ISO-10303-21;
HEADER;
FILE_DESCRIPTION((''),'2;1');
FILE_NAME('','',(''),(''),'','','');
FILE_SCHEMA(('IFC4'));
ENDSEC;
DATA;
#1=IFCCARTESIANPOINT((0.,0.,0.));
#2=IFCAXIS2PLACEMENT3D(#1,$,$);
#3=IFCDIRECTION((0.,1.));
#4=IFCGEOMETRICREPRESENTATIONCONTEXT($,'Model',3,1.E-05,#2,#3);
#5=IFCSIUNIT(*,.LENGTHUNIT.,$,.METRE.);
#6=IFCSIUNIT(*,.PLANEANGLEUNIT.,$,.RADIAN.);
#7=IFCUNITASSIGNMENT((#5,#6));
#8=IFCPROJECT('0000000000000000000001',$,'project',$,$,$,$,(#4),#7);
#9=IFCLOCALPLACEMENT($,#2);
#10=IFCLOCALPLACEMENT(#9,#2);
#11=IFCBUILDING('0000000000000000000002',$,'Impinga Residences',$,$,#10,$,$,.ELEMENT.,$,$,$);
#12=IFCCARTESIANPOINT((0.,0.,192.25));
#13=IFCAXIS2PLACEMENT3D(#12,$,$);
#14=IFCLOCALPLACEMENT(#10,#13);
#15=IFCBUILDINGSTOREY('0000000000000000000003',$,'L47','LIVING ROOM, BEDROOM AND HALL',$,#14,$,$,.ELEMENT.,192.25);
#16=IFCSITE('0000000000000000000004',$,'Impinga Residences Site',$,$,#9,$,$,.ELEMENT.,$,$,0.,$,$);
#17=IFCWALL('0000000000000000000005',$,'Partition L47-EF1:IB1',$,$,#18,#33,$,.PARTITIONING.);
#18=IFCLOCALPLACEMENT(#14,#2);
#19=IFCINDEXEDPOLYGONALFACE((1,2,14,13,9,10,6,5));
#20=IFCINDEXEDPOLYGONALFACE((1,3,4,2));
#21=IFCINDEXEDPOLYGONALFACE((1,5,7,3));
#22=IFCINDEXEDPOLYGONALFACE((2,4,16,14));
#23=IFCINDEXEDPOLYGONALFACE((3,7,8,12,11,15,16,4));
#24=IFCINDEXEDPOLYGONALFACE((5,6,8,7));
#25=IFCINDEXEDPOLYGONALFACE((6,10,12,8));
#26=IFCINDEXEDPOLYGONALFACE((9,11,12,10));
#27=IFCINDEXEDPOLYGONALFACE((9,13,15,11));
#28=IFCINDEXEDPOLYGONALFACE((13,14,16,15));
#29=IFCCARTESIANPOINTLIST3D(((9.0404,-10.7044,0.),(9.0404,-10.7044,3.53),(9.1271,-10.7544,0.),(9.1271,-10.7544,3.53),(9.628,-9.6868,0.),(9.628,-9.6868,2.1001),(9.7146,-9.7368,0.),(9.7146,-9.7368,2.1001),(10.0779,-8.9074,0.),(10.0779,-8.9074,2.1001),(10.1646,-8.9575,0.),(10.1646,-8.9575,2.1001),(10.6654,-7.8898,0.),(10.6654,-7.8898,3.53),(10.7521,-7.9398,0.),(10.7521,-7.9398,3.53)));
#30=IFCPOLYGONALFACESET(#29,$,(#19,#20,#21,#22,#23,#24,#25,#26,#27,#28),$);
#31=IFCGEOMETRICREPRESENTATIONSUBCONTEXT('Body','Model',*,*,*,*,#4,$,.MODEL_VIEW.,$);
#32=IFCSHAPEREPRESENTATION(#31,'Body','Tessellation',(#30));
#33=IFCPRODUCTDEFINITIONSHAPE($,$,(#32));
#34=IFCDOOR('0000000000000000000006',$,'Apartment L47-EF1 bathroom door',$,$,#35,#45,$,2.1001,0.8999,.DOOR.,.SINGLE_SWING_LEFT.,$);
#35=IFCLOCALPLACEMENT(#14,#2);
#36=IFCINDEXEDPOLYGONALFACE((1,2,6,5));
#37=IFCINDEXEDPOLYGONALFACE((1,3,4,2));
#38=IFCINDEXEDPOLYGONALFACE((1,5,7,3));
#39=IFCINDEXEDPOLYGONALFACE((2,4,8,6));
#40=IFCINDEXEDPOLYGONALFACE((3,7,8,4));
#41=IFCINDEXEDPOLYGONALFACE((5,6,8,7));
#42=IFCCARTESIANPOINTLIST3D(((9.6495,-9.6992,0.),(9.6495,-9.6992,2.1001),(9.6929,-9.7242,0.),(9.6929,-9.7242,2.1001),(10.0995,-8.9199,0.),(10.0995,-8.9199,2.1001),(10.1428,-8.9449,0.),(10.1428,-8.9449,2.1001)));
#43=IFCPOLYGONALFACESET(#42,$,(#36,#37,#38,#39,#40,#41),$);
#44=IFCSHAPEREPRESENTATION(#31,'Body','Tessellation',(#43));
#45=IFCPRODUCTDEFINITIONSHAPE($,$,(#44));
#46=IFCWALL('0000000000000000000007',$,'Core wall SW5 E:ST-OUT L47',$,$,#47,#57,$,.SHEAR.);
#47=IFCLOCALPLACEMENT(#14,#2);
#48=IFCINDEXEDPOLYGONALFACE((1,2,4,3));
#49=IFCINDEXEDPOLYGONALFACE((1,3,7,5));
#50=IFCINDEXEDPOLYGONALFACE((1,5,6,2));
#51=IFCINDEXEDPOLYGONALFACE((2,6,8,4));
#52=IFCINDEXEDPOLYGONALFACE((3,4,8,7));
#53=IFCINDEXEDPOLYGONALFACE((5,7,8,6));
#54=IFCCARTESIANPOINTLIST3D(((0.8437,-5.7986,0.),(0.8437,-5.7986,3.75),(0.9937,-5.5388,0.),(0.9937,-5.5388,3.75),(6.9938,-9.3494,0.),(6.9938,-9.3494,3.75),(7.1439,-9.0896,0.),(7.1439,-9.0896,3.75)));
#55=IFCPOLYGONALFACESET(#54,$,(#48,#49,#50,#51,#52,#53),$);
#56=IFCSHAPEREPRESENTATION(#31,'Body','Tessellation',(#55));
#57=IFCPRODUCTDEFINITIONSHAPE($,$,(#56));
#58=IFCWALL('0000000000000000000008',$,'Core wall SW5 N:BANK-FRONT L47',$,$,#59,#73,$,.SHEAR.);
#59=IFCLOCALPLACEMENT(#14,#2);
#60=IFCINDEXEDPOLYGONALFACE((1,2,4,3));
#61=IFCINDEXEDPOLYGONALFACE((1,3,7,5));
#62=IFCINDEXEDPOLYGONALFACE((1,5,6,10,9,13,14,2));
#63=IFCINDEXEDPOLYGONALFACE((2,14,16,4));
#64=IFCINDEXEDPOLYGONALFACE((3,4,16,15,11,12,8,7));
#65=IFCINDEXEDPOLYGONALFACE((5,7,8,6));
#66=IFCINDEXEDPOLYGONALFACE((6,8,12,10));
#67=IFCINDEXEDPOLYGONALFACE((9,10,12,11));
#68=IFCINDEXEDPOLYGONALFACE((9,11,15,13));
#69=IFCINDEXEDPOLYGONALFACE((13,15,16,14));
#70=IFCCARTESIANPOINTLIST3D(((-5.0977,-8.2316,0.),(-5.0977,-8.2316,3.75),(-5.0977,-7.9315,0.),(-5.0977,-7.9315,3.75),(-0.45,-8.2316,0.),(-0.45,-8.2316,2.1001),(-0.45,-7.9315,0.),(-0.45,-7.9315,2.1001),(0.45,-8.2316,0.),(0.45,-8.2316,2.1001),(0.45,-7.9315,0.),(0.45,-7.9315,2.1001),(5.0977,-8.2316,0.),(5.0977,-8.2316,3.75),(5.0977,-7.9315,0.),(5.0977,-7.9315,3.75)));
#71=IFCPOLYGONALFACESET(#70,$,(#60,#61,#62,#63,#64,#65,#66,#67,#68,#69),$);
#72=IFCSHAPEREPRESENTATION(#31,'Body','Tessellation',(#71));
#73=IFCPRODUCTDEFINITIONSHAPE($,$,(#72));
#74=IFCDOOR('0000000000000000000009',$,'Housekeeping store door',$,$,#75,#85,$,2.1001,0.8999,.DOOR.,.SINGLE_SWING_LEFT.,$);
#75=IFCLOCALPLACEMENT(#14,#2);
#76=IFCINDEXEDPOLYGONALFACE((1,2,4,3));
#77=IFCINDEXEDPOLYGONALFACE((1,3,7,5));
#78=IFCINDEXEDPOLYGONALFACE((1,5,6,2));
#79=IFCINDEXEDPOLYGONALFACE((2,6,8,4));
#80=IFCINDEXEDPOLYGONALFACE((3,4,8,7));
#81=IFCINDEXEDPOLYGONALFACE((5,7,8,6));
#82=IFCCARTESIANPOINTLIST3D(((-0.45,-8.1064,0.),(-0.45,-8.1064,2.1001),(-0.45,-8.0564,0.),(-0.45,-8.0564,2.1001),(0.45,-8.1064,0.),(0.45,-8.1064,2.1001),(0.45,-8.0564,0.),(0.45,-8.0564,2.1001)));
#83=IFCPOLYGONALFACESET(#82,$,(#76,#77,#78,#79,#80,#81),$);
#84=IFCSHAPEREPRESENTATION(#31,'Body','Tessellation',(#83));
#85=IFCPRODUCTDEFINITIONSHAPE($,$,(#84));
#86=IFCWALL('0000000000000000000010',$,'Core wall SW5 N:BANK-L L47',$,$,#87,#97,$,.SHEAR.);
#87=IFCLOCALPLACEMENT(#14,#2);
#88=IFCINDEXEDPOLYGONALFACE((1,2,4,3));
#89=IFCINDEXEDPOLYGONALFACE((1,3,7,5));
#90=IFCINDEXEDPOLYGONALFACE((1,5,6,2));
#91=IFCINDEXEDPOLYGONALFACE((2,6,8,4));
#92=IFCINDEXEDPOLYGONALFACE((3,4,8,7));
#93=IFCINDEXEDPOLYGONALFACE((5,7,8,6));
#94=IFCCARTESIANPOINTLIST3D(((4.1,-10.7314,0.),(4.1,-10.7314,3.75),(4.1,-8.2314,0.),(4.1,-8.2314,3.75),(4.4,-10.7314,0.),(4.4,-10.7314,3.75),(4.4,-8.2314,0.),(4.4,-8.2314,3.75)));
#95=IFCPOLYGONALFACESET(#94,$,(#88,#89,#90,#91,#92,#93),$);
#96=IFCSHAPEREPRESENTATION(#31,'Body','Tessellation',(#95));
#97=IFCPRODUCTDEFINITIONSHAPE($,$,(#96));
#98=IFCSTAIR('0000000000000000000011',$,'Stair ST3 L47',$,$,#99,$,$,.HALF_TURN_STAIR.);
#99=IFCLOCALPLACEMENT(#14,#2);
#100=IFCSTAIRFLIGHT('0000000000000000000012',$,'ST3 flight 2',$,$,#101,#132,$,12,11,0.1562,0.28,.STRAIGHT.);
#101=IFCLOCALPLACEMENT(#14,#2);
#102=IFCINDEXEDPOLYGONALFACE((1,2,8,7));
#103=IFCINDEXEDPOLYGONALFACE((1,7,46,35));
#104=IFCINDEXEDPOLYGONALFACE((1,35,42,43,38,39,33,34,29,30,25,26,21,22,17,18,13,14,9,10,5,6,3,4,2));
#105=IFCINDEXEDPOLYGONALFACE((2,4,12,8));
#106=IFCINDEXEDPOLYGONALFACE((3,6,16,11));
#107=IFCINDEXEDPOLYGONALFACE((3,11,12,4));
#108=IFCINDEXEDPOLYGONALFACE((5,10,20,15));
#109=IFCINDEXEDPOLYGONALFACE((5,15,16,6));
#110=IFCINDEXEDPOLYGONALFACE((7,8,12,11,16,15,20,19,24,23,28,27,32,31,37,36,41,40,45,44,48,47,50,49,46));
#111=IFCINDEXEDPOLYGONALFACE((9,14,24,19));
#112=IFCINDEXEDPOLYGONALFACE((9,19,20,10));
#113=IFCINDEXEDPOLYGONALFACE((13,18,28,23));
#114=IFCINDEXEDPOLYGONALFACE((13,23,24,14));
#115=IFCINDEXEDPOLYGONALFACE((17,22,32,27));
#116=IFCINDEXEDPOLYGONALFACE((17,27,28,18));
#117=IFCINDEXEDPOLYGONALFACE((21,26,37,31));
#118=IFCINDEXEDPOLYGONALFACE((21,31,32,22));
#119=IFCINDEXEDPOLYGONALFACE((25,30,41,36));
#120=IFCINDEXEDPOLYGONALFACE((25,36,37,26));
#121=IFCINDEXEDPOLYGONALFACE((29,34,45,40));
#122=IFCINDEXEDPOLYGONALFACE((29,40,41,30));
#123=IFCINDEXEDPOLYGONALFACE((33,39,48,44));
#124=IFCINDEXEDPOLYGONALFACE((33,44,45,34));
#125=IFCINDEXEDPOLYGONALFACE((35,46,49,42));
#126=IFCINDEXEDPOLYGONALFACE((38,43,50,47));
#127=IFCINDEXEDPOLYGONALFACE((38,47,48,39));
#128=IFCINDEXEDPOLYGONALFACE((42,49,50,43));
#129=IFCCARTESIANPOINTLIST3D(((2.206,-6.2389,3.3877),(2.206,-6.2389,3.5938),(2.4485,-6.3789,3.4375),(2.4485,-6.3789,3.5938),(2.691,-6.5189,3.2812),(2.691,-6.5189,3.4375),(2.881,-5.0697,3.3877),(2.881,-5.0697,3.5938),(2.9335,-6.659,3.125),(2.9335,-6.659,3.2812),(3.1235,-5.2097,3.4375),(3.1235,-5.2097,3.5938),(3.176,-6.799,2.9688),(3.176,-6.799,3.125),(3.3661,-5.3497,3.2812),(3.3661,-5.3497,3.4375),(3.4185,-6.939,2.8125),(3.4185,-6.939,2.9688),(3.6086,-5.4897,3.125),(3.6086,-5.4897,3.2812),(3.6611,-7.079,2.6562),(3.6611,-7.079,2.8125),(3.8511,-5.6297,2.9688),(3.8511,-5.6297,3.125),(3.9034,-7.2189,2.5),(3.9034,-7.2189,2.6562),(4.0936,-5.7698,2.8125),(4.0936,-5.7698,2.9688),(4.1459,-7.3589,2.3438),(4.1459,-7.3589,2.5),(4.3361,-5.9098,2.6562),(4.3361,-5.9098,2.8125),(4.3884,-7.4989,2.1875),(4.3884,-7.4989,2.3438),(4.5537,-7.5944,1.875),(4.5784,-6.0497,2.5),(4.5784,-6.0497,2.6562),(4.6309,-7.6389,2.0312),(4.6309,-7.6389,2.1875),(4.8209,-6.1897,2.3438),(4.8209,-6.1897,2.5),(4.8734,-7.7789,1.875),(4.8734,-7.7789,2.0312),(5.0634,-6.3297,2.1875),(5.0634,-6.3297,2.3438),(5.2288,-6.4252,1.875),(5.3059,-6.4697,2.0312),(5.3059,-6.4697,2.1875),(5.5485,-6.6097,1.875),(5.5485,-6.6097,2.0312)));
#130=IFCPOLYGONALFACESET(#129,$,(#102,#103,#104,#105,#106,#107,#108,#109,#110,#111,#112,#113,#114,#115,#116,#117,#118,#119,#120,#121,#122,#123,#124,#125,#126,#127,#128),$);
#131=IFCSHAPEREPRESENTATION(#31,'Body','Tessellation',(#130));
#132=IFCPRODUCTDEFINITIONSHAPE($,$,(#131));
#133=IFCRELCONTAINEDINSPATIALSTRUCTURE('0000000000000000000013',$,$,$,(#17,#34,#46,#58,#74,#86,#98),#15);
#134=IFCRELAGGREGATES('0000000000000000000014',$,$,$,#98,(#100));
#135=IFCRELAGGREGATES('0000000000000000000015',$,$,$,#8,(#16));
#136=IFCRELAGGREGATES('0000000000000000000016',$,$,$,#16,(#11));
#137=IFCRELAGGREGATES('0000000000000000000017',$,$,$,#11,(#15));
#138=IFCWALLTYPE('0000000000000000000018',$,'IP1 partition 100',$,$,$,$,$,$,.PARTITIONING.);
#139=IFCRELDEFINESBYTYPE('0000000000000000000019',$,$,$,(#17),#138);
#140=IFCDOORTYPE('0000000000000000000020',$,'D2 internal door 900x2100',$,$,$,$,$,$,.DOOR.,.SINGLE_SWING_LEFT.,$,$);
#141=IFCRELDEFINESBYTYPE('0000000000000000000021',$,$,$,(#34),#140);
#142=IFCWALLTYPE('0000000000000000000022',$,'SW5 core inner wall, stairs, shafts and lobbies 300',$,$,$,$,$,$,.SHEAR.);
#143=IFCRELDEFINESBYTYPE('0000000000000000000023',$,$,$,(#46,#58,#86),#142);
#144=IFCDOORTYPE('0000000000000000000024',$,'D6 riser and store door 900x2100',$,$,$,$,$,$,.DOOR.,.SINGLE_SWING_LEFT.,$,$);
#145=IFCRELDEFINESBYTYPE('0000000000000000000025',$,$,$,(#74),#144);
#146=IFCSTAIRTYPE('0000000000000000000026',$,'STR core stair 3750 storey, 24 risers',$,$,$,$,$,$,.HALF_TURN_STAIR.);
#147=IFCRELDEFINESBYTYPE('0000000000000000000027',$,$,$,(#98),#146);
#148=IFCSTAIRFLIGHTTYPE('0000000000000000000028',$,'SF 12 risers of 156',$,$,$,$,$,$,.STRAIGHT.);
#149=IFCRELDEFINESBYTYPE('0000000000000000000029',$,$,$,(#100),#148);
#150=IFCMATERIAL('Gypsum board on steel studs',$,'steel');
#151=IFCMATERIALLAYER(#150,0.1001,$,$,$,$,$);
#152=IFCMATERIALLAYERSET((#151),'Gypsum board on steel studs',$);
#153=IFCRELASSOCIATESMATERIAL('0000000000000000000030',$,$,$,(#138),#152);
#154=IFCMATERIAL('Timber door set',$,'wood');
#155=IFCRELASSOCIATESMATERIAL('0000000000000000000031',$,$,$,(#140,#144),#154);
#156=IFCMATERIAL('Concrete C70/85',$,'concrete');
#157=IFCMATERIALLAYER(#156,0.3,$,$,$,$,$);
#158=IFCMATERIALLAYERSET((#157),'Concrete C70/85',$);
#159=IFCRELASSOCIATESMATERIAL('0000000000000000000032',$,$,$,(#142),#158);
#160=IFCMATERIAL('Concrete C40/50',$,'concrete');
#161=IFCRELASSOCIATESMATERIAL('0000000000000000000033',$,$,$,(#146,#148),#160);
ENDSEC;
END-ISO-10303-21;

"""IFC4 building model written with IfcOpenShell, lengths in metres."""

from ifc_helpers import new_model, si_unit, direction, frame, frame_2d, origin, place, context, subcontext, project, spatial, polyline, rectangle, outline, extrude, material, layer, layer_set, type_object, element, fill, aggregate, save


model = new_model("IFC4")

# Units and contexts
model_context = context("Model", 3, precision=1e-05, world=origin(), true_north=direction((0.0, 1.0)))
body_context = subcontext(model_context, "Body", "Model", "MODEL_VIEW")
ifc_project = project(units=[si_unit("LENGTHUNIT", "METRE"), si_unit("PLANEANGLEUNIT", "RADIAN")], contexts=[model_context])

# Site, building, storey
site_placement = place(None, origin())
site = spatial("IfcSite", under=ifc_project, at=site_placement, Name="Impinga Residences Site", CompositionType="ELEMENT", RefElevation=0.0)
building_placement = place(site_placement, origin())
building = spatial("IfcBuilding", under=site, at=building_placement, Name="Impinga Residences", CompositionType="ELEMENT")
storey_placement = place(building_placement, frame((0.0, 0.0, 192.25)))
storey = spatial("IfcBuildingStorey", under=building, at=storey_placement, Name="L47", Description="LIVING ROOM, BEDROOM AND HALL", CompositionType="ELEMENT", Elevation=192.25)

# Shared definitions
ifc_material_1 = material(Name="Timber door set", Category="wood")

# Wall, opening, door
ifc_material_2 = material(Name="Gypsum board on steel studs", Category="steel")
ifc_layer_1 = layer(ifc_material_2, 0.1001)
ifc_layer_set_1 = layer_set([ifc_layer_1], Name="Gypsum board on steel studs")
wall_type_1 = type_object("IfcWallType", Name="IP1 partition 100", PredefinedType="PARTITIONING", material=ifc_layer_set_1)
door_type_1 = type_object("IfcDoorType", Name="D2 internal door 900x2100", OperationType="SINGLE_SWING_LEFT", PredefinedType="DOOR", material=ifc_material_1)
wall_1_placement = place(storey_placement, frame((10.7087, -7.9148, 0.0), z_axis=(0.0, 0.0, 1.0), x_axis=(-0.499985, -0.866034, 0.0)))
wall_1 = element("IfcWall", 1, at=wall_1_placement, inside=storey, type_object=wall_type_1, Name="Partition L47-EF1:IB1", PredefinedType="PARTITIONING", context=body_context, shape_type="SweptSolid", body=[
    extrude(rectangle(XDim=3.25, YDim=0.1001, at=frame_2d((1.625, 0.0))), origin(), (0.0, 0.0, 1.0), 3.53),
])
opening_1_placement = place(wall_1_placement, frame((1.175, 0.0, 0.0)))
opening_1 = element("IfcOpeningElement", 2, at=opening_1_placement, cuts=wall_1, PredefinedType="OPENING", context=body_context, shape_type="SweptSolid", body=[
    extrude(rectangle(XDim=0.8999, YDim=2.1001, at=frame_2d((0.45, 1.05))), frame((0.0, 0.0601, 0.0), z_axis=(0.0, -1.0, 0.0), x_axis=(1.0, 0.0, 0.0)), (0.0, 0.0, 1.0), 0.1201),
])
door_1_placement = place(opening_1_placement, origin())
door_1 = element("IfcDoor", 3, at=door_1_placement, inside=storey, type_object=door_type_1, Name="Apartment L47-EF1 bathroom door", OperationType="SINGLE_SWING_LEFT", OverallHeight=2.1001, OverallWidth=0.8999, PredefinedType="DOOR", context=body_context, shape_type="SweptSolid", body=[
    extrude(rectangle(XDim=0.8999, YDim=2.1001, at=frame_2d((0.45, 1.05))), frame((0.0, 0.0249, 0.0), z_axis=(0.0, -1.0, 0.0), x_axis=(1.0, 0.0, 0.0)), (0.0, 0.0, 1.0), 0.05),
])
fill(opening_1, door_1)

# Wall
ifc_material_3 = material(Name="Concrete C70/85", Category="concrete")
ifc_layer_2 = layer(ifc_material_3, 0.3)
ifc_layer_set_2 = layer_set([ifc_layer_2], Name="Concrete C70/85")
wall_type_2 = type_object("IfcWallType", Name="SW5 core inner wall, stairs, shafts and lobbies 300", PredefinedType="SHEAR", material=ifc_layer_set_2)
wall_2_placement = place(storey_placement, frame((0.9187, -5.6687, 0.0), z_axis=(0.0, 0.0, 1.0), x_axis=(0.866026, -0.499999, 0.0)))
element("IfcWall", 4, at=wall_2_placement, inside=storey, type_object=wall_type_2, Name="Core wall SW5 E:ST-OUT L47", PredefinedType="SHEAR", context=body_context, shape_type="SweptSolid", body=[
    extrude(rectangle(XDim=7.1016, YDim=0.3, at=frame_2d((3.5508, 0.0))), origin(), (0.0, 0.0, 1.0), 3.75),
])

# Wall, opening, door
wall_3_placement = place(storey_placement, frame((5.0977, -8.0815, 0.0), z_axis=(0.0, 0.0, 1.0), x_axis=(-1.0, 0.0, 0.0)))
wall_3 = element("IfcWall", 5, at=wall_3_placement, inside=storey, type_object=wall_type_2, Name="Core wall SW5 N:BANK-FRONT L47", PredefinedType="SHEAR", context=body_context, shape_type="SweptSolid", body=[
    extrude(rectangle(XDim=10.1953, YDim=0.3, at=frame_2d((5.0977, 0.0))), origin(), (0.0, 0.0, 1.0), 3.75),
])
opening_2_placement = place(wall_3_placement, frame((4.6477, 0.0, 0.0)))
opening_2 = element("IfcOpeningElement", 6, at=opening_2_placement, cuts=wall_3, PredefinedType="OPENING", context=body_context, shape_type="SweptSolid", body=[
    extrude(rectangle(XDim=0.8999, YDim=2.1001, at=frame_2d((0.45, 1.05))), frame((0.0, 0.1599, 0.0), z_axis=(0.0, -1.0, 0.0), x_axis=(1.0, 0.0, 0.0)), (0.0, 0.0, 1.0), 0.3201),
])
door_type_2 = type_object("IfcDoorType", Name="D6 riser and store door 900x2100", OperationType="SINGLE_SWING_LEFT", PredefinedType="DOOR", material=ifc_material_1)
door_2_placement = place(opening_2_placement, origin())
door_2 = element("IfcDoor", 7, at=door_2_placement, inside=storey, type_object=door_type_2, Name="Housekeeping store door", OperationType="SINGLE_SWING_LEFT", OverallHeight=2.1001, OverallWidth=0.8999, PredefinedType="DOOR", context=body_context, shape_type="SweptSolid", body=[
    extrude(rectangle(XDim=0.8999, YDim=2.1001, at=frame_2d((0.45, 1.05))), frame((0.0, 0.0249, 0.0), z_axis=(0.0, -1.0, 0.0), x_axis=(1.0, 0.0, 0.0)), (0.0, 0.0, 1.0), 0.05),
])
fill(opening_2, door_2)

# Wall
wall_4_placement = place(storey_placement, frame((4.25, -8.2314, 0.0), z_axis=(0.0, 0.0, 1.0), x_axis=(0.0, -1.0, 0.0)))
element("IfcWall", 8, at=wall_4_placement, inside=storey, type_object=wall_type_2, Name="Core wall SW5 N:BANK-L L47", PredefinedType="SHEAR", context=body_context, shape_type="SweptSolid", body=[
    extrude(rectangle(XDim=2.5, YDim=0.3, at=frame_2d((1.25, 0.0))), origin(), (0.0, 0.0, 1.0), 3.75),
])

# Stair, stair flight
ifc_material_4 = material(Name="Concrete C40/50", Category="concrete")
stair_type = type_object("IfcStairType", Name="STR core stair 3750 storey, 24 risers", PredefinedType="HALF_TURN_STAIR", material=ifc_material_4)
stair_placement = place(storey_placement, origin())
stair = element("IfcStair", 9, at=stair_placement, inside=storey, type_object=stair_type, Name="Stair ST3 L47", PredefinedType="HALF_TURN_STAIR")
stair_flight_type = type_object("IfcStairFlightType", Name="SF 12 risers of 156", PredefinedType="STRAIGHT", material=ifc_material_4)
stair_flight_placement = place(storey_placement, frame((5.2109, -7.1943, 1.875), z_axis=(0.0, 0.0, 1.0), x_axis=(-0.866025, 0.5, 0.0)))
stair_flight = element("IfcStairFlight", 10, at=stair_flight_placement, type_object=stair_flight_type, Name="ST3 flight 2", NumberOfRisers=12, NumberOfTreads=11, PredefinedType="STRAIGHT", RiserHeight=0.1562, TreadLength=0.28, context=body_context, shape_type="SweptSolid", body=[
    extrude(outline(polyline([(0.0, 0.0), (0.0, 0.1562), (0.28, 0.1562), (0.28, 0.3125), (0.5601, 0.3125), (0.5601, 0.4688), (0.8401, 0.4688), (0.8401, 0.625), (1.1201, 0.625), (1.1201, 0.7812), (1.3999, 0.7812), (1.3999, 0.9375), (1.6799, 0.9375), (1.6799, 1.0938), (1.96, 1.0938), (1.96, 1.25), (2.24, 1.25), (2.24, 1.4062), (2.52, 1.4062), (2.52, 1.5625), (2.8, 1.5625), (2.8, 1.7188), (3.0801, 1.7188), (3.0801, 1.875), (3.0801, 1.5127), (0.3691, 0.0), (0.0, 0.0)])), frame((0.0, 0.675, 0.0), z_axis=(0.0, -1.0, 0.0), x_axis=(1.0, 0.0, 0.0)), (0.0, 0.0, 1.0), 1.3501),
])
aggregate(stair, [stair_flight])

save(model, "model.ifc")
